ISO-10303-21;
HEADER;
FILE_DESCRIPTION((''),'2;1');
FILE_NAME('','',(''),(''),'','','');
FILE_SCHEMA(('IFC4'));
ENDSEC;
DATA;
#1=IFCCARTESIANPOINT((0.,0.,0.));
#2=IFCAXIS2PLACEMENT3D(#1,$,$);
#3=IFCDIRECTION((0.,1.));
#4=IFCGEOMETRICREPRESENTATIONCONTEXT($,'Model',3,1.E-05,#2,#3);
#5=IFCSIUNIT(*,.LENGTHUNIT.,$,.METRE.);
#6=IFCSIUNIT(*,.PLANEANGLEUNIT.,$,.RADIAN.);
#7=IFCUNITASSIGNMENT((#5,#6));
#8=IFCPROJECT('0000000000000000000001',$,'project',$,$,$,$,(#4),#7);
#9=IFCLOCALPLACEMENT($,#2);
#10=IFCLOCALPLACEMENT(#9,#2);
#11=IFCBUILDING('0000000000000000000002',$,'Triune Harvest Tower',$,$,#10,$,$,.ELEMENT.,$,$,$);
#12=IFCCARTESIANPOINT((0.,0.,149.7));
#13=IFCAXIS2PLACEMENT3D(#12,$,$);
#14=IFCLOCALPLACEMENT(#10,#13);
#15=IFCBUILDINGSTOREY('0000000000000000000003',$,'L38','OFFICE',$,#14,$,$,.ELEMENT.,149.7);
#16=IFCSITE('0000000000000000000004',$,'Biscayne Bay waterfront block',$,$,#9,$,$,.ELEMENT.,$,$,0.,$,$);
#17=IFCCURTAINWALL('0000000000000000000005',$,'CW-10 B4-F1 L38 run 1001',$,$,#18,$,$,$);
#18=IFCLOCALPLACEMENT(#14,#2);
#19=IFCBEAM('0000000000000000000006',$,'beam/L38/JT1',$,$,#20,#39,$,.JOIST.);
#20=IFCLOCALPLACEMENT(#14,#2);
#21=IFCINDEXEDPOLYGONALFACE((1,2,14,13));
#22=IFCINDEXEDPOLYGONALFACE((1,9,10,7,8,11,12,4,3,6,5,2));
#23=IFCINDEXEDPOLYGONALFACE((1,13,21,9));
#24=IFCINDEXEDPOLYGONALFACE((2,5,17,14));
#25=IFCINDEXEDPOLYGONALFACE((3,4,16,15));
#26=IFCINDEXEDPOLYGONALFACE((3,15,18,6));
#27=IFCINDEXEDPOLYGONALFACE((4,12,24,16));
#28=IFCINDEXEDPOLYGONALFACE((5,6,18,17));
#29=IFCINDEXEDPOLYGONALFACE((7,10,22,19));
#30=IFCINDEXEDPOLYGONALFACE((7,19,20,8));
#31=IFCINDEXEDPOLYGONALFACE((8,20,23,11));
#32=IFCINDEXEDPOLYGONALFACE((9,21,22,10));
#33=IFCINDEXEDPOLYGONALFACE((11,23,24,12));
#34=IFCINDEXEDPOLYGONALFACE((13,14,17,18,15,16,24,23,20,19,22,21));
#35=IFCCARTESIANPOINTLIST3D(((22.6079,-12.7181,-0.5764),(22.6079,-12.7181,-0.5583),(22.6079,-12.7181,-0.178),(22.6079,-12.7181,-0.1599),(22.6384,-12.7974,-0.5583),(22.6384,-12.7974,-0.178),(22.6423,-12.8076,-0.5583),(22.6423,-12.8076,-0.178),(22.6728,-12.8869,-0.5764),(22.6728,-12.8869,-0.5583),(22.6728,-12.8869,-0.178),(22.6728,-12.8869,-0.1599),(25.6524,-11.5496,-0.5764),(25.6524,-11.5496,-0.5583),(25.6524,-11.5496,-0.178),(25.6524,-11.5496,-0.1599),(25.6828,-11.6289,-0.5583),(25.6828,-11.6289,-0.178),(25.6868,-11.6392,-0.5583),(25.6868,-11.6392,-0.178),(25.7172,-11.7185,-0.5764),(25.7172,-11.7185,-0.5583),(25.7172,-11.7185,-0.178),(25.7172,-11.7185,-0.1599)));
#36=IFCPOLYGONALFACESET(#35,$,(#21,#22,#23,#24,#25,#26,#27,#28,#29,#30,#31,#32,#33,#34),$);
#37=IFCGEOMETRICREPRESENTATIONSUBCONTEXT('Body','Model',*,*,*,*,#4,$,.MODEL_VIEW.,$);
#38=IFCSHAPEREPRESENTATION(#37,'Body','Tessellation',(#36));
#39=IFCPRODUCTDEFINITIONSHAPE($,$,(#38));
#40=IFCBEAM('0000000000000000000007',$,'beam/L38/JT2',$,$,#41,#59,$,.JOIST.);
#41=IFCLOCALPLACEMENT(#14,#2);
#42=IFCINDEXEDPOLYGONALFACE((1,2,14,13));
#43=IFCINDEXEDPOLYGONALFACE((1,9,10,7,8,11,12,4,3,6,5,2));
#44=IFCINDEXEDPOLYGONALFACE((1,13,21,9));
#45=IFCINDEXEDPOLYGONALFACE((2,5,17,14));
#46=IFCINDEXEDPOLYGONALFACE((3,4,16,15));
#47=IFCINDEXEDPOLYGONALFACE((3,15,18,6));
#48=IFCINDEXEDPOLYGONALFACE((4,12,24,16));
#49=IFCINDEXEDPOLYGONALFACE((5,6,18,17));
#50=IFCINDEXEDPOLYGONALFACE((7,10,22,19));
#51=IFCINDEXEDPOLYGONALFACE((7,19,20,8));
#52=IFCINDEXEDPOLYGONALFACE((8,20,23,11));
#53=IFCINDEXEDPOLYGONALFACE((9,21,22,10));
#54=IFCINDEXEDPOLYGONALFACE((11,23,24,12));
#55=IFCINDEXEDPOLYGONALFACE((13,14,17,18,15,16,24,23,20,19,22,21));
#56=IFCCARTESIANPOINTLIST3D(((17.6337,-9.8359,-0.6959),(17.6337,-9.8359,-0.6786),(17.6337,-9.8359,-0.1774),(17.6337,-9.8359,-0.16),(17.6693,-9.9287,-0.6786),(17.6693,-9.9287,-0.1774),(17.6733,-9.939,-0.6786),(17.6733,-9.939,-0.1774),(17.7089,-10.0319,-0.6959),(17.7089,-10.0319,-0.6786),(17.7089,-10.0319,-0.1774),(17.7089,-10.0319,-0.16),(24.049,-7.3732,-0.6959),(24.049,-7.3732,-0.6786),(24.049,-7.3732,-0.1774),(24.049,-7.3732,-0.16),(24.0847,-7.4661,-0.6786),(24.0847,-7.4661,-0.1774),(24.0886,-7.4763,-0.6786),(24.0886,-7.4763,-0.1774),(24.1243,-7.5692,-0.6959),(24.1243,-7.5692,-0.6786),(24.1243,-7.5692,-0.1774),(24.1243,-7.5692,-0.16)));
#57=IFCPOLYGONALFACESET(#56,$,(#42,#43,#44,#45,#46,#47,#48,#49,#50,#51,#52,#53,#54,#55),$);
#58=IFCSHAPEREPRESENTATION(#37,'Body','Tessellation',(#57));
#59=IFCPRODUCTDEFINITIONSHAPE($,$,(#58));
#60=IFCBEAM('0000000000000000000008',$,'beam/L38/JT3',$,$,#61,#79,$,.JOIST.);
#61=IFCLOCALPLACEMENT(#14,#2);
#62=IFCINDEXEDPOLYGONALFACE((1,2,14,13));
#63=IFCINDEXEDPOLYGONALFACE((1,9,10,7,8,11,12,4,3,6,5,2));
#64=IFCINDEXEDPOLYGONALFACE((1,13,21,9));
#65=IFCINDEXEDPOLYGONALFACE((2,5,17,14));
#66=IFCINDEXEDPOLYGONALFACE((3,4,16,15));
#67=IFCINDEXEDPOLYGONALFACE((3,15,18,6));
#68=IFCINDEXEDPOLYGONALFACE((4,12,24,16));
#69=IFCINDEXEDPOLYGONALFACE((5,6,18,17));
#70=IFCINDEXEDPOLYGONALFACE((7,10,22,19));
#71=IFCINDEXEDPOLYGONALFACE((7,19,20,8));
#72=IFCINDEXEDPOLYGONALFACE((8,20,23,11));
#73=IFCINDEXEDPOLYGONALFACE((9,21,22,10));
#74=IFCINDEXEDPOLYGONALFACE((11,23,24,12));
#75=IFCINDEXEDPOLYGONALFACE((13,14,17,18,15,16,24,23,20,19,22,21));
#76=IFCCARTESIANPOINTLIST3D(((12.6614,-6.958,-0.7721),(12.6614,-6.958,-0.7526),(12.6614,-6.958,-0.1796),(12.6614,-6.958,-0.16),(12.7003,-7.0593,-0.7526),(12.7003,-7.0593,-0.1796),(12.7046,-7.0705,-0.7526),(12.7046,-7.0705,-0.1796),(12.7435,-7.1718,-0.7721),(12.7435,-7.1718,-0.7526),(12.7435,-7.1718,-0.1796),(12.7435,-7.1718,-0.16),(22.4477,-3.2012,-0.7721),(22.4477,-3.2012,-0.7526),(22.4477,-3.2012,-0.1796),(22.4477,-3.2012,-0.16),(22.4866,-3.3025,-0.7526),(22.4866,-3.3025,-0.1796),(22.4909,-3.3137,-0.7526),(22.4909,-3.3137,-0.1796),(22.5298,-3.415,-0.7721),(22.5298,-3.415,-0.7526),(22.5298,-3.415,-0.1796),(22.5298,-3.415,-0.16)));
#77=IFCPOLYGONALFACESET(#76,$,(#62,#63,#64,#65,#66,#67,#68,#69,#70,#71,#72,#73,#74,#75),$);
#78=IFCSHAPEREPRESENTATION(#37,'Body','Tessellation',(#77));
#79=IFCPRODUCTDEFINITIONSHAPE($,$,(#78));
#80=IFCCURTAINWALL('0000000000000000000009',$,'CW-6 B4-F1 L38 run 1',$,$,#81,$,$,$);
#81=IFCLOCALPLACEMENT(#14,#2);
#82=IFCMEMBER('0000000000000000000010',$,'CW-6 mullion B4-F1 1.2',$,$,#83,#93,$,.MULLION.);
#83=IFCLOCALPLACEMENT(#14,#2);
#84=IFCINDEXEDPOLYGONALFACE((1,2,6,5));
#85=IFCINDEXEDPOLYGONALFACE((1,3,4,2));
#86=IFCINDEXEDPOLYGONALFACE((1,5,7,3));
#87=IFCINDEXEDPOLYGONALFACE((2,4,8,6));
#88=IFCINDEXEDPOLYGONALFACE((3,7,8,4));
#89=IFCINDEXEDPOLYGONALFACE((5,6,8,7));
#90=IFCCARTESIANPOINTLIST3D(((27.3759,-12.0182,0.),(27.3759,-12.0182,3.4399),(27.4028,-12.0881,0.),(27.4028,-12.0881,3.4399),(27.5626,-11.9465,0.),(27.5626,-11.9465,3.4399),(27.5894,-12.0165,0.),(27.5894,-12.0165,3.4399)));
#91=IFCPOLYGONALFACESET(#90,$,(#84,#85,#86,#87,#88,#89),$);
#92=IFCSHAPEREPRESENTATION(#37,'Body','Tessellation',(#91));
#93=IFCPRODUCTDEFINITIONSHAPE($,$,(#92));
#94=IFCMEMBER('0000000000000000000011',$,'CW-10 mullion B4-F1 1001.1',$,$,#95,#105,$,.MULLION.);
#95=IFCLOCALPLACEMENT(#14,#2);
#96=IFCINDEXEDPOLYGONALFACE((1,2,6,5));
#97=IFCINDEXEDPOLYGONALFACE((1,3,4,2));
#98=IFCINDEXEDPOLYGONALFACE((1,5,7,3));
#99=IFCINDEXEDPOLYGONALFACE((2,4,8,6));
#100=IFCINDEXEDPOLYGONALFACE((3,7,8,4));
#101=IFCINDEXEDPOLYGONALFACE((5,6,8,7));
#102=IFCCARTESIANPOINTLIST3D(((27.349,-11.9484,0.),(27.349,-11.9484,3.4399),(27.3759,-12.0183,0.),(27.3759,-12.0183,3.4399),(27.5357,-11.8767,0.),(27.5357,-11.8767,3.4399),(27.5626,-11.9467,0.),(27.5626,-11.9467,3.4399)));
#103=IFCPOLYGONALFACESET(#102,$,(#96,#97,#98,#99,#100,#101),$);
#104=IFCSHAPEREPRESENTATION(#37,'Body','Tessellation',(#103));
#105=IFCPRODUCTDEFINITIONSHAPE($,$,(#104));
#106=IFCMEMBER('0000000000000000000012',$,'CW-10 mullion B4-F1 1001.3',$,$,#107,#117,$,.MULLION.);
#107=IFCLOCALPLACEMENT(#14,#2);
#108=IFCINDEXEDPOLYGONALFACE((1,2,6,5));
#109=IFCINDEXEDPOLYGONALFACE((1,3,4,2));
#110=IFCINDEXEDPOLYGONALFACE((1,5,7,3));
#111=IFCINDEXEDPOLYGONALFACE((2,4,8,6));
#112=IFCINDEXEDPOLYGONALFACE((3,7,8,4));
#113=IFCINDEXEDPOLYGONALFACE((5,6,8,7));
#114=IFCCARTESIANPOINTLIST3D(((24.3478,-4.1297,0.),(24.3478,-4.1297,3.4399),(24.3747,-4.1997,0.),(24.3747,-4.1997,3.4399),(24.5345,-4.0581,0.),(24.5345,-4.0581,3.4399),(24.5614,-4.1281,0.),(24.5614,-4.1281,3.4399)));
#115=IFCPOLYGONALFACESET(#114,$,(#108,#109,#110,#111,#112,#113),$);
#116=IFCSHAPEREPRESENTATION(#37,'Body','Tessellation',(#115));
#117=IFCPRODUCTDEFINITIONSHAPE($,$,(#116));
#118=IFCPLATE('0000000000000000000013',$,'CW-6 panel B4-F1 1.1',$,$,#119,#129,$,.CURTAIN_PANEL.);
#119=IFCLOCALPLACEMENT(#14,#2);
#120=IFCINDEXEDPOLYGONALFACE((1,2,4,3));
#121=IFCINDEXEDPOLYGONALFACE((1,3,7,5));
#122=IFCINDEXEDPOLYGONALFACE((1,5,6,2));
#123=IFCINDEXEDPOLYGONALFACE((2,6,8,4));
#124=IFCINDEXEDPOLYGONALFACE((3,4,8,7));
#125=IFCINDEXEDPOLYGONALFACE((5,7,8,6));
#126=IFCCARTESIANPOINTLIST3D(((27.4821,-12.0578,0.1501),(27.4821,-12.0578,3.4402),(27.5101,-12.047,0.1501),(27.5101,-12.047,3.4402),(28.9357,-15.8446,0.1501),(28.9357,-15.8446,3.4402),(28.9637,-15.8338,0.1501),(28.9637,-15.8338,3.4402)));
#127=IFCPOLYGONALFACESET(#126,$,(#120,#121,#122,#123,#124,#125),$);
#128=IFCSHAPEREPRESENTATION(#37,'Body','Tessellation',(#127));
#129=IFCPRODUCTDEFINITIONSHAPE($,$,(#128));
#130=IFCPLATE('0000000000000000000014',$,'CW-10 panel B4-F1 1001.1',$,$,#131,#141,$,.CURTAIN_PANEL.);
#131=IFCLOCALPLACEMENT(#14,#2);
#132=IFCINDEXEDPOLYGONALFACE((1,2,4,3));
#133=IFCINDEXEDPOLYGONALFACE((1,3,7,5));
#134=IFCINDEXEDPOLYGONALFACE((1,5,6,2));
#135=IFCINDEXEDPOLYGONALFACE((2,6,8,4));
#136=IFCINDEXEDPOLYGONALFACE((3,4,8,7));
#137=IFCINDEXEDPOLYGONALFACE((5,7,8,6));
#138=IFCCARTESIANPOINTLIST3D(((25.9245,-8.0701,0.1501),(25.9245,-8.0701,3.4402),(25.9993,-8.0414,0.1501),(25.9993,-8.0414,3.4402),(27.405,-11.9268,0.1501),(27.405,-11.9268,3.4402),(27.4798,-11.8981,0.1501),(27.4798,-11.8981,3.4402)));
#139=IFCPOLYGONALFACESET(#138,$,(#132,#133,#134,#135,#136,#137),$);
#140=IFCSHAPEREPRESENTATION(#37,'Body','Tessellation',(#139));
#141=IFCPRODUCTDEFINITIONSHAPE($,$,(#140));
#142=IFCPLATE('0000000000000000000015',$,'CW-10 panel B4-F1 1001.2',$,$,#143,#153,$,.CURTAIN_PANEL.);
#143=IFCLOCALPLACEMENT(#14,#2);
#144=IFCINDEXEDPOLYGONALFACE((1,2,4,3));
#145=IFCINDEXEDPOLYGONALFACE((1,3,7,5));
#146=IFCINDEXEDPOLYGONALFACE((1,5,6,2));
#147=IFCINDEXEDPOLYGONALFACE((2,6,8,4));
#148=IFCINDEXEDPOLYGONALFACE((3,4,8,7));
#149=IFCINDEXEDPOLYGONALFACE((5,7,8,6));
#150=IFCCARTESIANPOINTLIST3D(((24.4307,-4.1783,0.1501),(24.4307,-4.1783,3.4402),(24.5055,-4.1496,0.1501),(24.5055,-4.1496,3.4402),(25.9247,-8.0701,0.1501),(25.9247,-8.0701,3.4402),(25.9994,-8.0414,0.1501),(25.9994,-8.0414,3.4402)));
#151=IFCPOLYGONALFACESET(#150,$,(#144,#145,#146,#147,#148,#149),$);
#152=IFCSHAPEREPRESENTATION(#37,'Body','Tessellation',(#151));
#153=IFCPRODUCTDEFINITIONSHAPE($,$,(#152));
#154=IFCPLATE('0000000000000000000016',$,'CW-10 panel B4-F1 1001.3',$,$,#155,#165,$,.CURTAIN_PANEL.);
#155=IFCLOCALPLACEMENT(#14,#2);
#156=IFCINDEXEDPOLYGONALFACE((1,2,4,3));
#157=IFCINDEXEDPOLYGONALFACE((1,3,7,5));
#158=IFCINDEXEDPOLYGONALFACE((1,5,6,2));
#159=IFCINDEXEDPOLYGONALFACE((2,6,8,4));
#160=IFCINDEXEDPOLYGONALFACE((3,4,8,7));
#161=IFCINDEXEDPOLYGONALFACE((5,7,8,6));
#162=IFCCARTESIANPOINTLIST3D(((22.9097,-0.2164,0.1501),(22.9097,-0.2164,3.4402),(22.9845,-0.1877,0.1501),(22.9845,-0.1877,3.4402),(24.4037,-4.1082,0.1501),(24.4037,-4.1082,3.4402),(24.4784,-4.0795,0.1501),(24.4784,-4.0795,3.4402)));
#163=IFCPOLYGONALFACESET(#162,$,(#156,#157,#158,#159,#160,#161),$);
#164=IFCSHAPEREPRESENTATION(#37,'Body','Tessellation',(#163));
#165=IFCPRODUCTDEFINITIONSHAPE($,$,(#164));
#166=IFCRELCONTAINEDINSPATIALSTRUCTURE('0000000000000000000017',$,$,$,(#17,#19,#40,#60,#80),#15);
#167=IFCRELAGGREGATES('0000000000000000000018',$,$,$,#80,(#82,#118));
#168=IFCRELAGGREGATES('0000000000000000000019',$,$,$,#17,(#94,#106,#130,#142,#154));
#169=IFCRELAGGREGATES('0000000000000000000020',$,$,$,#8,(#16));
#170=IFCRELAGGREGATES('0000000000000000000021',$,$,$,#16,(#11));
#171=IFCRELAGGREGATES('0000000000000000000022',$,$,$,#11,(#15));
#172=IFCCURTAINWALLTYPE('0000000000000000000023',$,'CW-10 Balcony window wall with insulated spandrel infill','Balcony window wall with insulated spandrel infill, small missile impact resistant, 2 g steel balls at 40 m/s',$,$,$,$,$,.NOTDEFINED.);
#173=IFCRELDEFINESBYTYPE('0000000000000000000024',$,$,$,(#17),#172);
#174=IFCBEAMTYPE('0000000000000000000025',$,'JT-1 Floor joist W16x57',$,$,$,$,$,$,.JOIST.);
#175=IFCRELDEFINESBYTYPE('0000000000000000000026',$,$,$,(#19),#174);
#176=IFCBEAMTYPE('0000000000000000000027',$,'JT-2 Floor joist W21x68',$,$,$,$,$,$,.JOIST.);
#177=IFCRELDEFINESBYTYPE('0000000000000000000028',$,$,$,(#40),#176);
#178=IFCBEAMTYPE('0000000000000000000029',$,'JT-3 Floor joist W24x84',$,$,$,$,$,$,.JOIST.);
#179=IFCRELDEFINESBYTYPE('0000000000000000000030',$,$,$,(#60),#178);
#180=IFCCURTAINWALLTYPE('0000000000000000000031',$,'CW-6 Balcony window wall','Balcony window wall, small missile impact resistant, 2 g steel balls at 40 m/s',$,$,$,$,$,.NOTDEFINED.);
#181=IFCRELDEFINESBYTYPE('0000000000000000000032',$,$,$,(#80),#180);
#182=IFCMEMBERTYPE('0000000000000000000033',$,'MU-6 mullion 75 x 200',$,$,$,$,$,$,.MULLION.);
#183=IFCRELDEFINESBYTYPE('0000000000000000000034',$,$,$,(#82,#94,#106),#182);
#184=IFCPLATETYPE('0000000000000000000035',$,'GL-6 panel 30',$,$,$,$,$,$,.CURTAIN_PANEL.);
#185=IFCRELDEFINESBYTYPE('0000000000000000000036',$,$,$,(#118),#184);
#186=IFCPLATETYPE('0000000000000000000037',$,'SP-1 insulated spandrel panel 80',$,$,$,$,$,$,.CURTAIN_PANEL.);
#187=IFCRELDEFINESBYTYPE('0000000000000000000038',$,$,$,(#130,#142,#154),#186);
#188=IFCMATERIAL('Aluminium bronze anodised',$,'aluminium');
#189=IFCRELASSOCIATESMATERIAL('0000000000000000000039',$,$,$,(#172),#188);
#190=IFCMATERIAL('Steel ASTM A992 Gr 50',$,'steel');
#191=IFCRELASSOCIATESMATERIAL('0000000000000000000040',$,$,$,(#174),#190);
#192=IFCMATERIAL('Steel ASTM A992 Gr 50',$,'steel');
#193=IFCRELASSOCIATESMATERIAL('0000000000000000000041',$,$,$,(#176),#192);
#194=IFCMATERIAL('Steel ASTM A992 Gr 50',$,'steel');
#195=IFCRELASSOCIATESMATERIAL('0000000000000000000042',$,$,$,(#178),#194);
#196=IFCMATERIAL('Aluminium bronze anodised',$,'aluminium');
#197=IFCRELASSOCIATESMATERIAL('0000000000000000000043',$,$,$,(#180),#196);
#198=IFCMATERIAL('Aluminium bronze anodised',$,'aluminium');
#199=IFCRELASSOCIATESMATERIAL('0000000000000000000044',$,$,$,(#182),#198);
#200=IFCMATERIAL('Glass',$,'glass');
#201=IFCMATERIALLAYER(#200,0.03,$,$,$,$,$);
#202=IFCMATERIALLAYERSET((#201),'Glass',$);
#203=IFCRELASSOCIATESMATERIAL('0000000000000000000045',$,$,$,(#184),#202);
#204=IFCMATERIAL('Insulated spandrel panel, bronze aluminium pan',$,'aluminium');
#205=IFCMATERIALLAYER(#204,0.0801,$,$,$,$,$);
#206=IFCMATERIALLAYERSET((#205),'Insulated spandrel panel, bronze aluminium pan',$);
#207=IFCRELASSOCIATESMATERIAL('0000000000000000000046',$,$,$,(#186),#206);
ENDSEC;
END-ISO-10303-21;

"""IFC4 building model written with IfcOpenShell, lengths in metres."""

from ifc_helpers import new_model, si_unit, direction, frame, origin, origin_2d, place, context, subcontext, project, spatial, rectangle, i_section, extrude, source, transform, mapped, material, layer, layer_set, material_profile, profile_set, type_object, element, aggregate, save


model = new_model("IFC4")

# Units and contexts
model_context = context("Model", 3, precision=1e-05, world=origin(), true_north=direction((0.0, 1.0)))
body_context = subcontext(model_context, "Body", "Model", "MODEL_VIEW")
ifc_project = project(units=[si_unit("LENGTHUNIT", "METRE"), si_unit("PLANEANGLEUNIT", "RADIAN")], contexts=[model_context])

# Site, building, storey
site_placement = place(None, origin())
site = spatial("IfcSite", under=ifc_project, at=site_placement, Name="Biscayne Bay waterfront block", CompositionType="ELEMENT", RefElevation=0.0)
building_placement = place(site_placement, origin())
building = spatial("IfcBuilding", under=site, at=building_placement, Name="Triune Harvest Tower", CompositionType="ELEMENT")
storey_placement = place(building_placement, frame((0.0, 0.0, 149.7)))
storey = spatial("IfcBuildingStorey", under=building, at=storey_placement, Name="L38", Description="OFFICE", CompositionType="ELEMENT", Elevation=149.7)

# Curtain wall
ifc_material_1 = material(Name="Aluminium bronze anodised", Category="aluminium")
curtain_wall_type_1 = type_object("IfcCurtainWallType", Name="CW-10 Balcony window wall with insulated spandrel infill", Description="Balcony window wall with insulated spandrel infill, small missile impact resistant, 2 g steel balls at 40 m/s", PredefinedType="NOTDEFINED", material=ifc_material_1)
curtain_wall_1_placement = place(storey_placement, origin())
curtain_wall_1 = element("IfcCurtainWall", 1, at=curtain_wall_1_placement, inside=storey, type_object=curtain_wall_type_1, Name="CW-10 B4-F1 L38 run 1001")

# Beams
ifc_material_2 = material(Name="Steel ASTM A992 Gr 50", Category="steel")
ifc_material_profile_1 = material_profile(ifc_material_2, i_section(OverallWidth=0.1809, OverallDepth=0.4165, WebThickness=0.011, FlangeThickness=0.0181, at=origin_2d()), Name="W16x57")
ifc_profile_set_1 = profile_set([ifc_material_profile_1], Name="Steel ASTM A992 Gr 50")
beam_type_1 = type_object("IfcBeamType", Name="JT-1 Floor joist W16x57", PredefinedType="JOIST", material=ifc_profile_set_1)
shared_shape_1 = source(origin(), body_context, "Body", "SweptSolid", [
    extrude(i_section(OverallWidth=0.1809, OverallDepth=0.4165, WebThickness=0.011, FlangeThickness=0.0181, at=origin_2d()), origin(), (0.0, 0.0, 1.0), 3.261),
])
beam_1_placement = place(storey_placement, frame((25.6848, -11.634, -0.3682), z_axis=(-0.9336, -0.358317, 0.0), x_axis=(0.358317, -0.9336, 0.0)))
element("IfcBeam", 2, at=beam_1_placement, inside=storey, type_object=beam_type_1, Name="beam/L38/JT1", PredefinedType="JOIST", context=body_context, shape_type="MappedRepresentation", body=[
    mapped(shared_shape_1, transform((0.0, 0.0, 0.0), scale=1.0)),
])
ifc_material_3 = material(Name="Steel ASTM A992 Gr 50", Category="steel")
ifc_material_profile_2 = material_profile(ifc_material_3, i_section(OverallWidth=0.21, OverallDepth=0.5359, WebThickness=0.011, FlangeThickness=0.0173, at=origin_2d()), Name="W21x68")
ifc_profile_set_2 = profile_set([ifc_material_profile_2], Name="Steel ASTM A992 Gr 50")
beam_type_2 = type_object("IfcBeamType", Name="JT-2 Floor joist W21x68", PredefinedType="JOIST", material=ifc_profile_set_2)
shared_shape_2 = source(origin(), body_context, "Body", "SweptSolid", [
    extrude(i_section(OverallWidth=0.21, OverallDepth=0.5359, WebThickness=0.011, FlangeThickness=0.0173, at=origin_2d()), origin(), (0.0, 0.0, 1.0), 6.8718),
])
beam_2_placement = place(storey_placement, frame((24.0867, -7.4712, -0.428), z_axis=(-0.933578, -0.358374, 0.0), x_axis=(0.358374, -0.933578, 0.0)))
element("IfcBeam", 3, at=beam_2_placement, inside=storey, type_object=beam_type_2, Name="beam/L38/JT2", PredefinedType="JOIST", context=body_context, shape_type="MappedRepresentation", body=[
    mapped(shared_shape_2, transform((0.0, 0.0, 0.0), scale=1.0)),
])
ifc_material_4 = material(Name="Steel ASTM A992 Gr 50", Category="steel")
ifc_material_profile_3 = material_profile(ifc_material_4, i_section(OverallWidth=0.229, OverallDepth=0.6121, WebThickness=0.012, FlangeThickness=0.0195, at=origin_2d()), Name="W24x84")
ifc_profile_set_3 = profile_set([ifc_material_profile_3], Name="Steel ASTM A992 Gr 50")
beam_type_3 = type_object("IfcBeamType", Name="JT-3 Floor joist W24x84", PredefinedType="JOIST", material=ifc_profile_set_3)
shared_shape_3 = source(origin(), body_context, "Body", "SweptSolid", [
    extrude(i_section(OverallWidth=0.229, OverallDepth=0.6121, WebThickness=0.012, FlangeThickness=0.0195, at=origin_2d()), origin(), (0.0, 0.0, 1.0), 10.4827),
])
beam_3_placement = place(storey_placement, frame((22.4888, -3.3081, -0.4661), z_axis=(-0.933574, -0.358384, 0.0), x_axis=(0.358384, -0.933574, 0.0)))
element("IfcBeam", 4, at=beam_3_placement, inside=storey, type_object=beam_type_3, Name="beam/L38/JT3", PredefinedType="JOIST", context=body_context, shape_type="MappedRepresentation", body=[
    mapped(shared_shape_3, transform((0.0, 0.0, 0.0), scale=1.0)),
])

# Curtain wall, member
ifc_material_5 = material(Name="Aluminium bronze anodised", Category="aluminium")
curtain_wall_type_2 = type_object("IfcCurtainWallType", Name="CW-6 Balcony window wall", Description="Balcony window wall, small missile impact resistant, 2 g steel balls at 40 m/s", PredefinedType="NOTDEFINED", material=ifc_material_5)
curtain_wall_2_placement = place(storey_placement, origin())
curtain_wall_2 = element("IfcCurtainWall", 5, at=curtain_wall_2_placement, inside=storey, type_object=curtain_wall_type_2, Name="CW-6 B4-F1 L38 run 1")
ifc_material_6 = material(Name="Aluminium bronze anodised", Category="aluminium")
ifc_material_profile_4 = material_profile(ifc_material_6, rectangle(XDim=0.2, YDim=0.075, at=origin_2d()), Name="MU-6 mullion 75 x 200")
ifc_profile_set_4 = profile_set([ifc_material_profile_4], Name="Aluminium bronze anodised")
member_type_1 = type_object("IfcMemberType", Name="MU-6 mullion 75 x 200", PredefinedType="MULLION", material=ifc_profile_set_4)
shared_shape_4 = source(origin(), body_context, "Body", "SweptSolid", [
    extrude(rectangle(XDim=0.2, YDim=0.075, at=origin_2d()), origin(), (0.0, 0.0, 1.0), 3.4399),
])
member_1_placement = place(storey_placement, frame((27.4827, -12.0173, 0.0), z_axis=(0.0, 0.0, 1.0), x_axis=(-0.933581, -0.358368, 0.0)))
member_1 = element("IfcMember", 6, at=member_1_placement, type_object=member_type_1, Name="CW-6 mullion B4-F1 1.2", PredefinedType="MULLION", context=body_context, shape_type="MappedRepresentation", body=[
    mapped(shared_shape_4, transform((0.0, 0.0, 0.0), scale=1.0)),
])

# Members
member_2_placement = place(storey_placement, frame((27.4558, -11.9475, 0.0), z_axis=(0.0, 0.0, 1.0), x_axis=(-0.93358, -0.35837, 0.0)))
member_2 = element("IfcMember", 7, at=member_2_placement, type_object=member_type_1, Name="CW-10 mullion B4-F1 1001.1", PredefinedType="MULLION", context=body_context, shape_type="MappedRepresentation", body=[
    mapped(shared_shape_4, transform((0.0, 0.0, 0.0), scale=1.0)),
])
member_3_placement = place(storey_placement, frame((24.4546, -4.1289, 0.0), z_axis=(0.0, 0.0, 1.0), x_axis=(-0.93358, -0.35837, 0.0)))
member_3 = element("IfcMember", 8, at=member_3_placement, type_object=member_type_1, Name="CW-10 mullion B4-F1 1001.3", PredefinedType="MULLION", context=body_context, shape_type="MappedRepresentation", body=[
    mapped(shared_shape_4, transform((0.0, 0.0, 0.0), scale=1.0)),
])

# Plates
ifc_material_7 = material(Name="Glass", Category="glass")
ifc_layer_1 = layer(ifc_material_7, 0.03)
ifc_layer_set_1 = layer_set([ifc_layer_1], Name="Glass")
plate_type_1 = type_object("IfcPlateType", Name="GL-6 panel 30", PredefinedType="CURTAIN_PANEL", material=ifc_layer_set_1)
shared_shape_5 = source(origin(), body_context, "Body", "SweptSolid", [
    extrude(rectangle(XDim=4.0562, YDim=0.03, at=origin_2d()), origin(), (0.0, 0.0, 1.0), 3.29),
])
plate_1_placement = place(storey_placement, frame((28.2229, -13.9458, 0.1501), z_axis=(0.0, 0.0, 1.0), x_axis=(-0.358368, 0.933581, 0.0)))
plate_1 = element("IfcPlate", 9, at=plate_1_placement, type_object=plate_type_1, Name="CW-6 panel B4-F1 1.1", PredefinedType="CURTAIN_PANEL", context=body_context, shape_type="MappedRepresentation", body=[
    mapped(shared_shape_5, transform((0.0, 0.0, 0.0), scale=1.0)),
])
aggregate(curtain_wall_2, [member_1, plate_1])
ifc_material_8 = material(Name="Insulated spandrel panel, bronze aluminium pan", Category="aluminium")
ifc_layer_2 = layer(ifc_material_8, 0.0801)
ifc_layer_set_2 = layer_set([ifc_layer_2], Name="Insulated spandrel panel, bronze aluminium pan")
plate_type_2 = type_object("IfcPlateType", Name="SP-1 insulated spandrel panel 80", PredefinedType="CURTAIN_PANEL", material=ifc_layer_set_2)
shared_shape_6 = source(origin(), body_context, "Body", "SweptSolid", [
    extrude(rectangle(XDim=4.1311, YDim=0.0801, at=origin_2d()), origin(), (0.0, 0.0, 1.0), 3.29),
])
plate_2_placement = place(storey_placement, frame((26.7021, -9.9841, 0.1501), z_axis=(0.0, 0.0, 1.0), x_axis=(-0.35837, 0.93358, 0.0)))
plate_2 = element("IfcPlate", 10, at=plate_2_placement, type_object=plate_type_2, Name="CW-10 panel B4-F1 1001.1", PredefinedType="CURTAIN_PANEL", context=body_context, shape_type="MappedRepresentation", body=[
    mapped(shared_shape_6, transform((0.0, 0.0, 0.0), scale=1.0)),
])
shared_shape_7 = source(origin(), body_context, "Body", "SweptSolid", [
    extrude(rectangle(XDim=4.1687, YDim=0.0801, at=origin_2d()), origin(), (0.0, 0.0, 1.0), 3.29),
])
plate_3_placement = place(storey_placement, frame((25.2151, -6.1099, 0.1501), z_axis=(0.0, 0.0, 1.0), x_axis=(-0.35837, 0.93358, 0.0)))
plate_3 = element("IfcPlate", 11, at=plate_3_placement, type_object=plate_type_2, Name="CW-10 panel B4-F1 1001.2", PredefinedType="CURTAIN_PANEL", context=body_context, shape_type="MappedRepresentation", body=[
    mapped(shared_shape_7, transform((0.0, 0.0, 0.0), scale=1.0)),
])
plate_4_placement = place(storey_placement, frame((23.6941, -2.1479, 0.1501), z_axis=(0.0, 0.0, 1.0), x_axis=(-0.35837, 0.93358, 0.0)))
plate_4 = element("IfcPlate", 12, at=plate_4_placement, type_object=plate_type_2, Name="CW-10 panel B4-F1 1001.3", PredefinedType="CURTAIN_PANEL", context=body_context, shape_type="MappedRepresentation", body=[
    mapped(shared_shape_7, transform((0.0, 0.0, 0.0), scale=1.0)),
])
aggregate(curtain_wall_1, [member_2, member_3, plate_2, plate_3, plate_4])

save(model, "model.ifc")
